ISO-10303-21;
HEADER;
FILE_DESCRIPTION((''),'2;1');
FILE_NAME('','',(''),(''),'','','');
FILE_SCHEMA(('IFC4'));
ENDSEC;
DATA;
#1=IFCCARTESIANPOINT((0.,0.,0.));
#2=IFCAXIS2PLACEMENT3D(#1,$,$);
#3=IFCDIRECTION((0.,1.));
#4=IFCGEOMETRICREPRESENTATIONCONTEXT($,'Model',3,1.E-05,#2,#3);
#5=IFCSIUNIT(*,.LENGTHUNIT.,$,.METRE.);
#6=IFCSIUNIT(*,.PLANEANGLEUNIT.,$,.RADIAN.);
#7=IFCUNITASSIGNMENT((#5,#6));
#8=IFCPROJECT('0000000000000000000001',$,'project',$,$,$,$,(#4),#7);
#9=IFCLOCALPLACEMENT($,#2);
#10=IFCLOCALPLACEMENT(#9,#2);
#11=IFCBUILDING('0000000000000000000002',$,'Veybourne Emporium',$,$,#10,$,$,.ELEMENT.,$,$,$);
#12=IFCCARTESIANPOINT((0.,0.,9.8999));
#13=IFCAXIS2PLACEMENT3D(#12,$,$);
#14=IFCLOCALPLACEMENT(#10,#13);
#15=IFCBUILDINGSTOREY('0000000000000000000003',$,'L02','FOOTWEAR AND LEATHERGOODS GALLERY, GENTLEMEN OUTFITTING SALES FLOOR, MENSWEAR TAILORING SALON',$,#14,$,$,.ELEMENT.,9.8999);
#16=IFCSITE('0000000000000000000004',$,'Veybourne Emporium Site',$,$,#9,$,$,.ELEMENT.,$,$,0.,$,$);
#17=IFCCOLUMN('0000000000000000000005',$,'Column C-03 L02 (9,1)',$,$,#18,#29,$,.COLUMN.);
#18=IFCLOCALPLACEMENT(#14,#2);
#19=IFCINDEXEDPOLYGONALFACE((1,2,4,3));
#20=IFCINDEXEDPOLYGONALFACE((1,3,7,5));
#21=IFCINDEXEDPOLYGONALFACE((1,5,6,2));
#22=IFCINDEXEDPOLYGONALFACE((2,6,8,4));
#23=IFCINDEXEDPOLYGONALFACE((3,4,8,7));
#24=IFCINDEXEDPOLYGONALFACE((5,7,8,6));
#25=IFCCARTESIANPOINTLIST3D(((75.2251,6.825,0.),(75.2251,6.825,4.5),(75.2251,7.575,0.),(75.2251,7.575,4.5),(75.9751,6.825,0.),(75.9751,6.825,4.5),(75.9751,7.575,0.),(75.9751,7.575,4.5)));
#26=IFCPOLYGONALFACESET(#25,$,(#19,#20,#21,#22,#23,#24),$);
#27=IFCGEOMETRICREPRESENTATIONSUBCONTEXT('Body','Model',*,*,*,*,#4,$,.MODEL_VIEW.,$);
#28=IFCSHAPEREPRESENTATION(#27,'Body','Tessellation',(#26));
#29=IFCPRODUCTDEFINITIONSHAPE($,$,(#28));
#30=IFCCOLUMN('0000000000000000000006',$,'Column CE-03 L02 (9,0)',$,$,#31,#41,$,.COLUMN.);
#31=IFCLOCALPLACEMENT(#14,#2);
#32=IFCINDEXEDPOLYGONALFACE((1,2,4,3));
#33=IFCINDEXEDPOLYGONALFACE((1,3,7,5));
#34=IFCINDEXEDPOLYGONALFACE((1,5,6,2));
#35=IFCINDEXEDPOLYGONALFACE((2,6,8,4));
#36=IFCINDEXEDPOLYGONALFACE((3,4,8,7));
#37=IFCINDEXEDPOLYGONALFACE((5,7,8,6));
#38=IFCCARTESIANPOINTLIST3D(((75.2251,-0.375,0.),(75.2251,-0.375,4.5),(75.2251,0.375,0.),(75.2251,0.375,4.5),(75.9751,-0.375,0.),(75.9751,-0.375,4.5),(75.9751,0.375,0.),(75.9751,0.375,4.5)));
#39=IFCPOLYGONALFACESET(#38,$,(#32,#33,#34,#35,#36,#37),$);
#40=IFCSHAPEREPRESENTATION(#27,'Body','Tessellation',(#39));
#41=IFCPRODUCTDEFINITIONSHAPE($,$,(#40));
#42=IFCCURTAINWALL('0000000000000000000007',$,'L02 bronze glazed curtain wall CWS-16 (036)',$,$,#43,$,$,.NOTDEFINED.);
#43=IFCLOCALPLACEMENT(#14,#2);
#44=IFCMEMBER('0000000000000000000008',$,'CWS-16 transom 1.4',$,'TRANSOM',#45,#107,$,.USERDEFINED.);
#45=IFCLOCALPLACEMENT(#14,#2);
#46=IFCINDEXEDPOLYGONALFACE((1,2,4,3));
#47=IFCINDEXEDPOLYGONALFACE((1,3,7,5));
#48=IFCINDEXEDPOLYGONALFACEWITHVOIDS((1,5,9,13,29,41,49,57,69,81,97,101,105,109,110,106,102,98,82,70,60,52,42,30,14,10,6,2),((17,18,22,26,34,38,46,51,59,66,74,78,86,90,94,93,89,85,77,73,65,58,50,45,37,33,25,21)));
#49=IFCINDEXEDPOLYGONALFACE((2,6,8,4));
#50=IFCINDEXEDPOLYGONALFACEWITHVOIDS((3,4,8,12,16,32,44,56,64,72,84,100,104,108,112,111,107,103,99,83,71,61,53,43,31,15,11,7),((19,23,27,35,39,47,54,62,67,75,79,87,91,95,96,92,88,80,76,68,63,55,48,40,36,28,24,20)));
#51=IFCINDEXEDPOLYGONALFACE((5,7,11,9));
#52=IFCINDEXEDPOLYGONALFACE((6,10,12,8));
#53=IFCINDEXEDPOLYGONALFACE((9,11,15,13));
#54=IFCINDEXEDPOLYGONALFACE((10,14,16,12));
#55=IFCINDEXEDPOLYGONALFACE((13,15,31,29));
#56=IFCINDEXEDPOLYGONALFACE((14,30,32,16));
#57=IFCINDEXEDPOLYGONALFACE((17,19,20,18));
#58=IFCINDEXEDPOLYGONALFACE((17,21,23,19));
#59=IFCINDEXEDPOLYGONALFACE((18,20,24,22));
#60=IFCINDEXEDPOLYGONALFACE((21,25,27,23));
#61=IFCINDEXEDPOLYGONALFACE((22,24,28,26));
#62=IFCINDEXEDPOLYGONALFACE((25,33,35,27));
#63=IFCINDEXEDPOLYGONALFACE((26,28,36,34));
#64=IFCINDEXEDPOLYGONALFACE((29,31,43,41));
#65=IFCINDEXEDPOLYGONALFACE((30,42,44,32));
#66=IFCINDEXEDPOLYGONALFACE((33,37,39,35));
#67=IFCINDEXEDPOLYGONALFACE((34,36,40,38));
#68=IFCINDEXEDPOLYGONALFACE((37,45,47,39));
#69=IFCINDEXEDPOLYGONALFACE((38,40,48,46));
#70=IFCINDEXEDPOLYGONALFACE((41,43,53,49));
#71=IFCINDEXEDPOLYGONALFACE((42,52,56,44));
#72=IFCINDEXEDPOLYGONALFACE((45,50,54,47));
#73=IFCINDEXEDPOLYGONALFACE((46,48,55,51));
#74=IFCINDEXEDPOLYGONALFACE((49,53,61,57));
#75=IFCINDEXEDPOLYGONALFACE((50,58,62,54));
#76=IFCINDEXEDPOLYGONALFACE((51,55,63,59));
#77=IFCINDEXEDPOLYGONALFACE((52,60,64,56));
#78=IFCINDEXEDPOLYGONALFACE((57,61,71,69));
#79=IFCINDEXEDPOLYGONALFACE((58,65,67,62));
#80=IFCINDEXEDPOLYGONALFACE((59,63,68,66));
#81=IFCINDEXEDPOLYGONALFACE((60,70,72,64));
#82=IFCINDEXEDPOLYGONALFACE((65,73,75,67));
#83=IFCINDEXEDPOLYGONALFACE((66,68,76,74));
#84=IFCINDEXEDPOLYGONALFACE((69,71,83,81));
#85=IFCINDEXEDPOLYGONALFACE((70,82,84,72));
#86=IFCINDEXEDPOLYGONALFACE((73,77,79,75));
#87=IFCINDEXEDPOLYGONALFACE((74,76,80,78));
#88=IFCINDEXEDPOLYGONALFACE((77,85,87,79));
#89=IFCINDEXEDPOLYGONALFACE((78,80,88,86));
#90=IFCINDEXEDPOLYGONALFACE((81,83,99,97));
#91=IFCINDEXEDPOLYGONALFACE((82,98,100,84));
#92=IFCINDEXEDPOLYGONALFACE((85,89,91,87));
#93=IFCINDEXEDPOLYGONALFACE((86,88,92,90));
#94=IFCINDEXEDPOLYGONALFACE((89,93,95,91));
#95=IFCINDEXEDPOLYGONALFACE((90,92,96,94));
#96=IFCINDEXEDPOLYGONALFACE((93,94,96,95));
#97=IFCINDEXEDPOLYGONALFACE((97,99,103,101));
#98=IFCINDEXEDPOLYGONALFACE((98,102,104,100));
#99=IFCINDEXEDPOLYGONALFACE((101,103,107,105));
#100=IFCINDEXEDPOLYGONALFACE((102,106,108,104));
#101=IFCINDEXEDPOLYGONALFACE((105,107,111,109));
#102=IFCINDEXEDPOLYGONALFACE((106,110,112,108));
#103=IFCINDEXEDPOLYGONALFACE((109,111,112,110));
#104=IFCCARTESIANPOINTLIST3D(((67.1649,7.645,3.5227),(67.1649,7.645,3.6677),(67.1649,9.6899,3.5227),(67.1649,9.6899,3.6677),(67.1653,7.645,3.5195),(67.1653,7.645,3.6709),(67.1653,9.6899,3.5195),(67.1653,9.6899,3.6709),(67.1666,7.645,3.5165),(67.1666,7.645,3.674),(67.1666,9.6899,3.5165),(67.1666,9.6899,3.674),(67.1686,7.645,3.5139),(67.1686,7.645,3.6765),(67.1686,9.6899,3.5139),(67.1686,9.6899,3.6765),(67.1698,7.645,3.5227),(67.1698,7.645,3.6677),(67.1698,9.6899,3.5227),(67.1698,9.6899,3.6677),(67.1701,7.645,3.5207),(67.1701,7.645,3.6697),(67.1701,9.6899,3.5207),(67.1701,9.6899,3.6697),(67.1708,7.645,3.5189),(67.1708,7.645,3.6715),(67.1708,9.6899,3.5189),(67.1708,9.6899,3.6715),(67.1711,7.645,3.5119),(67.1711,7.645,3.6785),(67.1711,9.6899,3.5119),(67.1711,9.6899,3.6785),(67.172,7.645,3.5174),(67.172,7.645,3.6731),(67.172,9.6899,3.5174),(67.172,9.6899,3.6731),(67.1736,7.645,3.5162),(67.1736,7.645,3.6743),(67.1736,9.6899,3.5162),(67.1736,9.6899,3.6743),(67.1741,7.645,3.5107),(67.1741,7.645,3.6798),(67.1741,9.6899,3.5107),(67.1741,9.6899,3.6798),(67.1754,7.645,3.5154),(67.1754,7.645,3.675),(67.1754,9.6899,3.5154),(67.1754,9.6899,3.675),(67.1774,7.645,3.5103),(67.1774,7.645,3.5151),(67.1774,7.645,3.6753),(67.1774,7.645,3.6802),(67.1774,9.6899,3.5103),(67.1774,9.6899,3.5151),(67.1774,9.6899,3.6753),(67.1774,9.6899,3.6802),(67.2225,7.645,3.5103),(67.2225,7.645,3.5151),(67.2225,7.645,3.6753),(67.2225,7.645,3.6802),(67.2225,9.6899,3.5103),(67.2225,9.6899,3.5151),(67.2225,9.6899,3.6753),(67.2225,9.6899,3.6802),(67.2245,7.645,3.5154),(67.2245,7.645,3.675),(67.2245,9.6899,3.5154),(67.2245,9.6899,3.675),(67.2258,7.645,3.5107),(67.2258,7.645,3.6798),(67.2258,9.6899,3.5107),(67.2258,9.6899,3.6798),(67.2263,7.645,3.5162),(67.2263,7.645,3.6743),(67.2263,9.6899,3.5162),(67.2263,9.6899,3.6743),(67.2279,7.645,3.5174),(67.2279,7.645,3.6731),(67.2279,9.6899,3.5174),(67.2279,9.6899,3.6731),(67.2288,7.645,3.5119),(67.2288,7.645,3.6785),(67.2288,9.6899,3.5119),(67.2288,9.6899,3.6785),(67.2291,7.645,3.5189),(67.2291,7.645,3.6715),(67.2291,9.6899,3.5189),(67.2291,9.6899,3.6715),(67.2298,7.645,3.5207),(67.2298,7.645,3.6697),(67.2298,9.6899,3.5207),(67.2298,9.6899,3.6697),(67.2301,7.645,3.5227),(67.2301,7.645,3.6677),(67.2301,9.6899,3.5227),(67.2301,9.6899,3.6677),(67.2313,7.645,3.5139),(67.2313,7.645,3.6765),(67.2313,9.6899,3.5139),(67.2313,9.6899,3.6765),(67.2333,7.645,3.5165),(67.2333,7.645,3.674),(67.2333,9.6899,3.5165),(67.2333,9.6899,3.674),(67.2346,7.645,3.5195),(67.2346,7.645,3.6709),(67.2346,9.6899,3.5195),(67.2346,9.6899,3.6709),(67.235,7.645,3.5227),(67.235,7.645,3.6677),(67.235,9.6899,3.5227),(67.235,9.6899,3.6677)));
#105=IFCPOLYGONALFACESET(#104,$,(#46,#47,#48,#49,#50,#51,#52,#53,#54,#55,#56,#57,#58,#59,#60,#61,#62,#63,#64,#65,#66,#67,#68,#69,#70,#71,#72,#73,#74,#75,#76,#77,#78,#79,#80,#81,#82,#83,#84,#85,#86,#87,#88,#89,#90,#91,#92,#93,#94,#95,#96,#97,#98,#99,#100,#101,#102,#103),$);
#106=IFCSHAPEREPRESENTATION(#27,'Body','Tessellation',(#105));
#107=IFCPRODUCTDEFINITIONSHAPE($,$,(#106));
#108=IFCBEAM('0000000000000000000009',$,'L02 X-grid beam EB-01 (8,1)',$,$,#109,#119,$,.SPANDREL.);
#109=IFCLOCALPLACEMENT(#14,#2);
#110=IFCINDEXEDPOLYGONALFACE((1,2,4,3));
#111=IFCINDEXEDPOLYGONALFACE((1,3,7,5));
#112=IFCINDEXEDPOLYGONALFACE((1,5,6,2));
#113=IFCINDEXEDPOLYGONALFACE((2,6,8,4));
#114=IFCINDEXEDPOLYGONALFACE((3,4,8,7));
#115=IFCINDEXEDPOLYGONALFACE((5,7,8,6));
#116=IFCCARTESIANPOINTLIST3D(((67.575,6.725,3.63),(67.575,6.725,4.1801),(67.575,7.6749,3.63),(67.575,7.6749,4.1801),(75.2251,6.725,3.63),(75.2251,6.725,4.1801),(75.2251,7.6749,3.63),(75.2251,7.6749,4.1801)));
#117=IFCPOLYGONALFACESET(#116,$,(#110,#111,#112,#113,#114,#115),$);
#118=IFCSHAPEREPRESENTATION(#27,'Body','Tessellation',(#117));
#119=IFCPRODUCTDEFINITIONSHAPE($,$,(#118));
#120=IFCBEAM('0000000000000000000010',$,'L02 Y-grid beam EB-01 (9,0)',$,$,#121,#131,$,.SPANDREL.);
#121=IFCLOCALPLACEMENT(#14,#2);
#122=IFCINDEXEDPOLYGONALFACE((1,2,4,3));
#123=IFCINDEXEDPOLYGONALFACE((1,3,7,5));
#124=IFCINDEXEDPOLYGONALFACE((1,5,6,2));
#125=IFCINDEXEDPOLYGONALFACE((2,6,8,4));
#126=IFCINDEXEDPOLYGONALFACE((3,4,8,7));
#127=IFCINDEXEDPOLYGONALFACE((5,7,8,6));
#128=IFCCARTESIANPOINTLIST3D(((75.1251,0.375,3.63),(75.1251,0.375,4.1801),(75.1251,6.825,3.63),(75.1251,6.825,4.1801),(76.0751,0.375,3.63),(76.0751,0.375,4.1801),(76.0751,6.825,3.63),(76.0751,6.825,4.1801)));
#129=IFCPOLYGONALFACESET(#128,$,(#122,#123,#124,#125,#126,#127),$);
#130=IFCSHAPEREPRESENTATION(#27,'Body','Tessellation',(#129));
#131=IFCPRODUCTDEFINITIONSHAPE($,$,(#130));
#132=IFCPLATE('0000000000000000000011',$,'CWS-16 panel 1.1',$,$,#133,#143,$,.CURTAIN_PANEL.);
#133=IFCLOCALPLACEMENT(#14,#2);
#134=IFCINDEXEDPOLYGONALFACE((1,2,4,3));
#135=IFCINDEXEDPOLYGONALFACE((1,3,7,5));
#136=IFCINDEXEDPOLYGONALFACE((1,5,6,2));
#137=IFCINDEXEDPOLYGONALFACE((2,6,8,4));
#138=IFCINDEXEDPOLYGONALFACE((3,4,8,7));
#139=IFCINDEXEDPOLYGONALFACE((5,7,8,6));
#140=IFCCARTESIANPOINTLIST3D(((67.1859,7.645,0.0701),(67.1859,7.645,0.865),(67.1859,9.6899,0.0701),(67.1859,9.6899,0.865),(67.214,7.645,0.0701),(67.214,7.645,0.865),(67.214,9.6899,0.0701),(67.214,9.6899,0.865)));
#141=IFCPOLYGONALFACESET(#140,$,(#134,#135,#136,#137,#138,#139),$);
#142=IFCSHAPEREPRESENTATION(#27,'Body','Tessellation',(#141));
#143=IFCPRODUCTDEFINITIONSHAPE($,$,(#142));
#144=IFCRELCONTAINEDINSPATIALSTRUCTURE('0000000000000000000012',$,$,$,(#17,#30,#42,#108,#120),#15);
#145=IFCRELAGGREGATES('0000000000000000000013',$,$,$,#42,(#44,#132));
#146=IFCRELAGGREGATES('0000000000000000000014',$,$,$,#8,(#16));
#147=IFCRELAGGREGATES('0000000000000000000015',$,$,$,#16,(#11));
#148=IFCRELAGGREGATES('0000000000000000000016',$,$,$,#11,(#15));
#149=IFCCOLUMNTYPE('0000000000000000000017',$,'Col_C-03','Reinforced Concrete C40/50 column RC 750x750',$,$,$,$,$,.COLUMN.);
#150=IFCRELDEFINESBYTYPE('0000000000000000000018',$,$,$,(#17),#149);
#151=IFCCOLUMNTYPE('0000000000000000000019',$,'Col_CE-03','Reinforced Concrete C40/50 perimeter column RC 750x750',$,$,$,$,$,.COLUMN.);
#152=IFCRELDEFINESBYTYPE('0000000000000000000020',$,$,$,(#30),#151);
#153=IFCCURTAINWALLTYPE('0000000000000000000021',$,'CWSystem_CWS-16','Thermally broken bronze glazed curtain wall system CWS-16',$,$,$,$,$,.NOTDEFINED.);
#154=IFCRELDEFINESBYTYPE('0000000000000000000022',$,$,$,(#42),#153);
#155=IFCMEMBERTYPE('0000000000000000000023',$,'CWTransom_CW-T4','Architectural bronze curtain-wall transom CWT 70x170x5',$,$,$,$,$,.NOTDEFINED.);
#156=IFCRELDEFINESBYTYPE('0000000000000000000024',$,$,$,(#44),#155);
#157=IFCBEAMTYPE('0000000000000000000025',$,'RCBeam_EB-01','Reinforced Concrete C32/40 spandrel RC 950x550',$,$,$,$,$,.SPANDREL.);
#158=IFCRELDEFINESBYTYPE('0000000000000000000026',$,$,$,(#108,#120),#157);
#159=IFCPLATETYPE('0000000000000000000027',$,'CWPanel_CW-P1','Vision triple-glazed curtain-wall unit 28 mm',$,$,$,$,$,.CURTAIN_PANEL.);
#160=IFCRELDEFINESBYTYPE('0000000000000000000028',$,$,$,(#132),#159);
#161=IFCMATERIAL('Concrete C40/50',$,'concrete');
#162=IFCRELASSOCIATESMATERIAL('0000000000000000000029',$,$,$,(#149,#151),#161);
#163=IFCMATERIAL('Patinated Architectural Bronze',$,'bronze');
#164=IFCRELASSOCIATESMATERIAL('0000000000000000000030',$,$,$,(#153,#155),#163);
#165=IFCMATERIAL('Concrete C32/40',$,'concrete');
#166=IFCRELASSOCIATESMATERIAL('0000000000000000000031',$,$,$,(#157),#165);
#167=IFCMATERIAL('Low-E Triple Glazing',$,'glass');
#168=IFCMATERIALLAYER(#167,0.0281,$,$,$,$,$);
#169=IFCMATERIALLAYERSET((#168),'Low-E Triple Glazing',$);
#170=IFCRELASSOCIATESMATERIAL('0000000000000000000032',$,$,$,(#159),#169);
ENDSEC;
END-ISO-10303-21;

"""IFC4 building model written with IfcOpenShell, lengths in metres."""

from ifc_helpers import new_model, si_unit, direction, frame, origin, origin_2d, place, context, subcontext, project, spatial, rectangle, hollow_rectangle, extrude, material, layer, layer_set, material_profile, profile_set, type_object, element, aggregate, save


model = new_model("IFC4")

# Units and contexts
model_context = context("Model", 3, precision=1e-05, world=origin(), true_north=direction((0.0, 1.0)))
body_context = subcontext(model_context, "Body", "Model", "MODEL_VIEW")
ifc_project = project(units=[si_unit("LENGTHUNIT", "METRE"), si_unit("PLANEANGLEUNIT", "RADIAN")], contexts=[model_context])

# Site, building, storey
site_placement = place(None, origin())
site = spatial("IfcSite", under=ifc_project, at=site_placement, Name="Veybourne Emporium Site", CompositionType="ELEMENT", RefElevation=0.0)
building_placement = place(site_placement, origin())
building = spatial("IfcBuilding", under=site, at=building_placement, Name="Veybourne Emporium", CompositionType="ELEMENT")
storey_placement = place(building_placement, frame((0.0, 0.0, 9.8999)))
storey = spatial("IfcBuildingStorey", under=building, at=storey_placement, Name="L02", Description="FOOTWEAR AND LEATHERGOODS GALLERY, GENTLEMEN OUTFITTING SALES FLOOR, MENSWEAR TAILORING SALON", CompositionType="ELEMENT", Elevation=9.8999)

# Columns
ifc_material_1 = material(Name="Concrete C40/50", Category="concrete")
ifc_material_profile_1 = material_profile(ifc_material_1, rectangle(XDim=0.75, YDim=0.75, at=origin_2d()), Name="RC 750x750")
ifc_profile_set_1 = profile_set([ifc_material_profile_1], Name="Concrete C40/50")
column_type_1 = type_object("IfcColumnType", Name="Col_C-03", Description="Reinforced Concrete C40/50 column RC 750x750", PredefinedType="COLUMN", material=ifc_profile_set_1)
column_1_placement = place(storey_placement, frame((75.6001, 7.2, 0.0), z_axis=(0.0, 0.0, 1.0), x_axis=(1.0, 0.0, 0.0)))
element("IfcColumn", 1, at=column_1_placement, inside=storey, type_object=column_type_1, Name="Column C-03 L02 (9,1)", PredefinedType="COLUMN", context=body_context, shape_type="SweptSolid", body=[
    extrude(rectangle(XDim=0.75, YDim=0.75, at=origin_2d()), origin(), (0.0, 0.0, 1.0), 4.5),
])
ifc_material_profile_2 = material_profile(ifc_material_1, rectangle(XDim=0.75, YDim=0.75, at=origin_2d()), Name="RC 750x750")
ifc_profile_set_2 = profile_set([ifc_material_profile_2], Name="Concrete C40/50")
column_type_2 = type_object("IfcColumnType", Name="Col_CE-03", Description="Reinforced Concrete C40/50 perimeter column RC 750x750", PredefinedType="COLUMN", material=ifc_profile_set_2)
column_2_placement = place(storey_placement, frame((75.6001, 0.0, 0.0), z_axis=(0.0, 0.0, 1.0), x_axis=(1.0, 0.0, 0.0)))
element("IfcColumn", 2, at=column_2_placement, inside=storey, type_object=column_type_2, Name="Column CE-03 L02 (9,0)", PredefinedType="COLUMN", context=body_context, shape_type="SweptSolid", body=[
    extrude(rectangle(XDim=0.75, YDim=0.75, at=origin_2d()), origin(), (0.0, 0.0, 1.0), 4.5),
])

# Curtain wall, member
ifc_material_2 = material(Name="Patinated Architectural Bronze", Category="bronze")
curtain_wall_type = type_object("IfcCurtainWallType", Name="CWSystem_CWS-16", Description="Thermally broken bronze glazed curtain wall system CWS-16", PredefinedType="NOTDEFINED", material=ifc_material_2)
curtain_wall_placement = place(storey_placement, origin())
curtain_wall = element("IfcCurtainWall", 3, at=curtain_wall_placement, inside=storey, type_object=curtain_wall_type, Name="L02 bronze glazed curtain wall CWS-16 (036)", PredefinedType="NOTDEFINED")
ifc_material_profile_3 = material_profile(ifc_material_2, hollow_rectangle(XDim=0.0701, YDim=0.1699, WallThickness=0.0049, InnerFilletRadius=0.0076, OuterFilletRadius=0.0125, at=origin_2d()), Name="CWT 70x170x5")
ifc_profile_set_3 = profile_set([ifc_material_profile_3], Name="Patinated Architectural Bronze")
member_type = type_object("IfcMemberType", Name="CWTransom_CW-T4", Description="Architectural bronze curtain-wall transom CWT 70x170x5", PredefinedType="NOTDEFINED", material=ifc_profile_set_3)
member_placement = place(storey_placement, frame((67.2, 7.645, 3.5952), z_axis=(0.0, 1.0, 0.0), x_axis=(-1.0, 0.0, 0.0)))
member = element("IfcMember", 4, at=member_placement, type_object=member_type, Name="CWS-16 transom 1.4", ObjectType="TRANSOM", PredefinedType="USERDEFINED", context=body_context, shape_type="SweptSolid", body=[
    extrude(hollow_rectangle(XDim=0.0701, YDim=0.1699, WallThickness=0.0049, InnerFilletRadius=0.0076, OuterFilletRadius=0.0125, at=origin_2d()), origin(), (0.0, 0.0, 1.0), 2.0449),
])

# Beams
ifc_material_3 = material(Name="Concrete C32/40", Category="concrete")
ifc_material_profile_4 = material_profile(ifc_material_3, rectangle(XDim=0.95, YDim=0.55, at=origin_2d()), Name="RC 950x550")
ifc_profile_set_4 = profile_set([ifc_material_profile_4], Name="Concrete C32/40")
beam_type = type_object("IfcBeamType", Name="RCBeam_EB-01", Description="Reinforced Concrete C32/40 spandrel RC 950x550", PredefinedType="SPANDREL", material=ifc_profile_set_4)
beam_1_placement = place(storey_placement, frame((67.575, 7.2, 3.905), z_axis=(1.0, 0.0, 0.0), x_axis=(0.0, 1.0, 0.0)))
element("IfcBeam", 5, at=beam_1_placement, inside=storey, type_object=beam_type, Name="L02 X-grid beam EB-01 (8,1)", PredefinedType="SPANDREL", context=body_context, shape_type="SweptSolid", body=[
    extrude(rectangle(XDim=0.95, YDim=0.55, at=origin_2d()), origin(), (0.0, 0.0, 1.0), 7.6501),
])
beam_2_placement = place(storey_placement, frame((75.6001, 0.375, 3.905), z_axis=(0.0, 1.0, 0.0), x_axis=(-1.0, 0.0, 0.0)))
element("IfcBeam", 6, at=beam_2_placement, inside=storey, type_object=beam_type, Name="L02 Y-grid beam EB-01 (9,0)", PredefinedType="SPANDREL", context=body_context, shape_type="SweptSolid", body=[
    extrude(rectangle(XDim=0.95, YDim=0.55, at=origin_2d()), origin(), (0.0, 0.0, 1.0), 6.45),
])

# Plate
ifc_material_4 = material(Name="Low-E Triple Glazing", Category="glass")
ifc_layer_1 = layer(ifc_material_4, 0.0281)
ifc_layer_set_1 = layer_set([ifc_layer_1], Name="Low-E Triple Glazing")
plate_type = type_object("IfcPlateType", Name="CWPanel_CW-P1", Description="Vision triple-glazed curtain-wall unit 28 mm", PredefinedType="CURTAIN_PANEL", material=ifc_layer_set_1)
plate_placement = place(storey_placement, frame((67.2, 8.6675, 0.0701), z_axis=(0.0, 0.0, 1.0), x_axis=(0.0, 1.0, 0.0)))
plate = element("IfcPlate", 7, at=plate_placement, type_object=plate_type, Name="CWS-16 panel 1.1", PredefinedType="CURTAIN_PANEL", context=body_context, shape_type="SweptSolid", body=[
    extrude(rectangle(XDim=2.0449, YDim=0.0281, at=origin_2d()), origin(), (0.0, 0.0, 1.0), 0.7949),
])
aggregate(curtain_wall, [member, plate])

save(model, "model.ifc")
